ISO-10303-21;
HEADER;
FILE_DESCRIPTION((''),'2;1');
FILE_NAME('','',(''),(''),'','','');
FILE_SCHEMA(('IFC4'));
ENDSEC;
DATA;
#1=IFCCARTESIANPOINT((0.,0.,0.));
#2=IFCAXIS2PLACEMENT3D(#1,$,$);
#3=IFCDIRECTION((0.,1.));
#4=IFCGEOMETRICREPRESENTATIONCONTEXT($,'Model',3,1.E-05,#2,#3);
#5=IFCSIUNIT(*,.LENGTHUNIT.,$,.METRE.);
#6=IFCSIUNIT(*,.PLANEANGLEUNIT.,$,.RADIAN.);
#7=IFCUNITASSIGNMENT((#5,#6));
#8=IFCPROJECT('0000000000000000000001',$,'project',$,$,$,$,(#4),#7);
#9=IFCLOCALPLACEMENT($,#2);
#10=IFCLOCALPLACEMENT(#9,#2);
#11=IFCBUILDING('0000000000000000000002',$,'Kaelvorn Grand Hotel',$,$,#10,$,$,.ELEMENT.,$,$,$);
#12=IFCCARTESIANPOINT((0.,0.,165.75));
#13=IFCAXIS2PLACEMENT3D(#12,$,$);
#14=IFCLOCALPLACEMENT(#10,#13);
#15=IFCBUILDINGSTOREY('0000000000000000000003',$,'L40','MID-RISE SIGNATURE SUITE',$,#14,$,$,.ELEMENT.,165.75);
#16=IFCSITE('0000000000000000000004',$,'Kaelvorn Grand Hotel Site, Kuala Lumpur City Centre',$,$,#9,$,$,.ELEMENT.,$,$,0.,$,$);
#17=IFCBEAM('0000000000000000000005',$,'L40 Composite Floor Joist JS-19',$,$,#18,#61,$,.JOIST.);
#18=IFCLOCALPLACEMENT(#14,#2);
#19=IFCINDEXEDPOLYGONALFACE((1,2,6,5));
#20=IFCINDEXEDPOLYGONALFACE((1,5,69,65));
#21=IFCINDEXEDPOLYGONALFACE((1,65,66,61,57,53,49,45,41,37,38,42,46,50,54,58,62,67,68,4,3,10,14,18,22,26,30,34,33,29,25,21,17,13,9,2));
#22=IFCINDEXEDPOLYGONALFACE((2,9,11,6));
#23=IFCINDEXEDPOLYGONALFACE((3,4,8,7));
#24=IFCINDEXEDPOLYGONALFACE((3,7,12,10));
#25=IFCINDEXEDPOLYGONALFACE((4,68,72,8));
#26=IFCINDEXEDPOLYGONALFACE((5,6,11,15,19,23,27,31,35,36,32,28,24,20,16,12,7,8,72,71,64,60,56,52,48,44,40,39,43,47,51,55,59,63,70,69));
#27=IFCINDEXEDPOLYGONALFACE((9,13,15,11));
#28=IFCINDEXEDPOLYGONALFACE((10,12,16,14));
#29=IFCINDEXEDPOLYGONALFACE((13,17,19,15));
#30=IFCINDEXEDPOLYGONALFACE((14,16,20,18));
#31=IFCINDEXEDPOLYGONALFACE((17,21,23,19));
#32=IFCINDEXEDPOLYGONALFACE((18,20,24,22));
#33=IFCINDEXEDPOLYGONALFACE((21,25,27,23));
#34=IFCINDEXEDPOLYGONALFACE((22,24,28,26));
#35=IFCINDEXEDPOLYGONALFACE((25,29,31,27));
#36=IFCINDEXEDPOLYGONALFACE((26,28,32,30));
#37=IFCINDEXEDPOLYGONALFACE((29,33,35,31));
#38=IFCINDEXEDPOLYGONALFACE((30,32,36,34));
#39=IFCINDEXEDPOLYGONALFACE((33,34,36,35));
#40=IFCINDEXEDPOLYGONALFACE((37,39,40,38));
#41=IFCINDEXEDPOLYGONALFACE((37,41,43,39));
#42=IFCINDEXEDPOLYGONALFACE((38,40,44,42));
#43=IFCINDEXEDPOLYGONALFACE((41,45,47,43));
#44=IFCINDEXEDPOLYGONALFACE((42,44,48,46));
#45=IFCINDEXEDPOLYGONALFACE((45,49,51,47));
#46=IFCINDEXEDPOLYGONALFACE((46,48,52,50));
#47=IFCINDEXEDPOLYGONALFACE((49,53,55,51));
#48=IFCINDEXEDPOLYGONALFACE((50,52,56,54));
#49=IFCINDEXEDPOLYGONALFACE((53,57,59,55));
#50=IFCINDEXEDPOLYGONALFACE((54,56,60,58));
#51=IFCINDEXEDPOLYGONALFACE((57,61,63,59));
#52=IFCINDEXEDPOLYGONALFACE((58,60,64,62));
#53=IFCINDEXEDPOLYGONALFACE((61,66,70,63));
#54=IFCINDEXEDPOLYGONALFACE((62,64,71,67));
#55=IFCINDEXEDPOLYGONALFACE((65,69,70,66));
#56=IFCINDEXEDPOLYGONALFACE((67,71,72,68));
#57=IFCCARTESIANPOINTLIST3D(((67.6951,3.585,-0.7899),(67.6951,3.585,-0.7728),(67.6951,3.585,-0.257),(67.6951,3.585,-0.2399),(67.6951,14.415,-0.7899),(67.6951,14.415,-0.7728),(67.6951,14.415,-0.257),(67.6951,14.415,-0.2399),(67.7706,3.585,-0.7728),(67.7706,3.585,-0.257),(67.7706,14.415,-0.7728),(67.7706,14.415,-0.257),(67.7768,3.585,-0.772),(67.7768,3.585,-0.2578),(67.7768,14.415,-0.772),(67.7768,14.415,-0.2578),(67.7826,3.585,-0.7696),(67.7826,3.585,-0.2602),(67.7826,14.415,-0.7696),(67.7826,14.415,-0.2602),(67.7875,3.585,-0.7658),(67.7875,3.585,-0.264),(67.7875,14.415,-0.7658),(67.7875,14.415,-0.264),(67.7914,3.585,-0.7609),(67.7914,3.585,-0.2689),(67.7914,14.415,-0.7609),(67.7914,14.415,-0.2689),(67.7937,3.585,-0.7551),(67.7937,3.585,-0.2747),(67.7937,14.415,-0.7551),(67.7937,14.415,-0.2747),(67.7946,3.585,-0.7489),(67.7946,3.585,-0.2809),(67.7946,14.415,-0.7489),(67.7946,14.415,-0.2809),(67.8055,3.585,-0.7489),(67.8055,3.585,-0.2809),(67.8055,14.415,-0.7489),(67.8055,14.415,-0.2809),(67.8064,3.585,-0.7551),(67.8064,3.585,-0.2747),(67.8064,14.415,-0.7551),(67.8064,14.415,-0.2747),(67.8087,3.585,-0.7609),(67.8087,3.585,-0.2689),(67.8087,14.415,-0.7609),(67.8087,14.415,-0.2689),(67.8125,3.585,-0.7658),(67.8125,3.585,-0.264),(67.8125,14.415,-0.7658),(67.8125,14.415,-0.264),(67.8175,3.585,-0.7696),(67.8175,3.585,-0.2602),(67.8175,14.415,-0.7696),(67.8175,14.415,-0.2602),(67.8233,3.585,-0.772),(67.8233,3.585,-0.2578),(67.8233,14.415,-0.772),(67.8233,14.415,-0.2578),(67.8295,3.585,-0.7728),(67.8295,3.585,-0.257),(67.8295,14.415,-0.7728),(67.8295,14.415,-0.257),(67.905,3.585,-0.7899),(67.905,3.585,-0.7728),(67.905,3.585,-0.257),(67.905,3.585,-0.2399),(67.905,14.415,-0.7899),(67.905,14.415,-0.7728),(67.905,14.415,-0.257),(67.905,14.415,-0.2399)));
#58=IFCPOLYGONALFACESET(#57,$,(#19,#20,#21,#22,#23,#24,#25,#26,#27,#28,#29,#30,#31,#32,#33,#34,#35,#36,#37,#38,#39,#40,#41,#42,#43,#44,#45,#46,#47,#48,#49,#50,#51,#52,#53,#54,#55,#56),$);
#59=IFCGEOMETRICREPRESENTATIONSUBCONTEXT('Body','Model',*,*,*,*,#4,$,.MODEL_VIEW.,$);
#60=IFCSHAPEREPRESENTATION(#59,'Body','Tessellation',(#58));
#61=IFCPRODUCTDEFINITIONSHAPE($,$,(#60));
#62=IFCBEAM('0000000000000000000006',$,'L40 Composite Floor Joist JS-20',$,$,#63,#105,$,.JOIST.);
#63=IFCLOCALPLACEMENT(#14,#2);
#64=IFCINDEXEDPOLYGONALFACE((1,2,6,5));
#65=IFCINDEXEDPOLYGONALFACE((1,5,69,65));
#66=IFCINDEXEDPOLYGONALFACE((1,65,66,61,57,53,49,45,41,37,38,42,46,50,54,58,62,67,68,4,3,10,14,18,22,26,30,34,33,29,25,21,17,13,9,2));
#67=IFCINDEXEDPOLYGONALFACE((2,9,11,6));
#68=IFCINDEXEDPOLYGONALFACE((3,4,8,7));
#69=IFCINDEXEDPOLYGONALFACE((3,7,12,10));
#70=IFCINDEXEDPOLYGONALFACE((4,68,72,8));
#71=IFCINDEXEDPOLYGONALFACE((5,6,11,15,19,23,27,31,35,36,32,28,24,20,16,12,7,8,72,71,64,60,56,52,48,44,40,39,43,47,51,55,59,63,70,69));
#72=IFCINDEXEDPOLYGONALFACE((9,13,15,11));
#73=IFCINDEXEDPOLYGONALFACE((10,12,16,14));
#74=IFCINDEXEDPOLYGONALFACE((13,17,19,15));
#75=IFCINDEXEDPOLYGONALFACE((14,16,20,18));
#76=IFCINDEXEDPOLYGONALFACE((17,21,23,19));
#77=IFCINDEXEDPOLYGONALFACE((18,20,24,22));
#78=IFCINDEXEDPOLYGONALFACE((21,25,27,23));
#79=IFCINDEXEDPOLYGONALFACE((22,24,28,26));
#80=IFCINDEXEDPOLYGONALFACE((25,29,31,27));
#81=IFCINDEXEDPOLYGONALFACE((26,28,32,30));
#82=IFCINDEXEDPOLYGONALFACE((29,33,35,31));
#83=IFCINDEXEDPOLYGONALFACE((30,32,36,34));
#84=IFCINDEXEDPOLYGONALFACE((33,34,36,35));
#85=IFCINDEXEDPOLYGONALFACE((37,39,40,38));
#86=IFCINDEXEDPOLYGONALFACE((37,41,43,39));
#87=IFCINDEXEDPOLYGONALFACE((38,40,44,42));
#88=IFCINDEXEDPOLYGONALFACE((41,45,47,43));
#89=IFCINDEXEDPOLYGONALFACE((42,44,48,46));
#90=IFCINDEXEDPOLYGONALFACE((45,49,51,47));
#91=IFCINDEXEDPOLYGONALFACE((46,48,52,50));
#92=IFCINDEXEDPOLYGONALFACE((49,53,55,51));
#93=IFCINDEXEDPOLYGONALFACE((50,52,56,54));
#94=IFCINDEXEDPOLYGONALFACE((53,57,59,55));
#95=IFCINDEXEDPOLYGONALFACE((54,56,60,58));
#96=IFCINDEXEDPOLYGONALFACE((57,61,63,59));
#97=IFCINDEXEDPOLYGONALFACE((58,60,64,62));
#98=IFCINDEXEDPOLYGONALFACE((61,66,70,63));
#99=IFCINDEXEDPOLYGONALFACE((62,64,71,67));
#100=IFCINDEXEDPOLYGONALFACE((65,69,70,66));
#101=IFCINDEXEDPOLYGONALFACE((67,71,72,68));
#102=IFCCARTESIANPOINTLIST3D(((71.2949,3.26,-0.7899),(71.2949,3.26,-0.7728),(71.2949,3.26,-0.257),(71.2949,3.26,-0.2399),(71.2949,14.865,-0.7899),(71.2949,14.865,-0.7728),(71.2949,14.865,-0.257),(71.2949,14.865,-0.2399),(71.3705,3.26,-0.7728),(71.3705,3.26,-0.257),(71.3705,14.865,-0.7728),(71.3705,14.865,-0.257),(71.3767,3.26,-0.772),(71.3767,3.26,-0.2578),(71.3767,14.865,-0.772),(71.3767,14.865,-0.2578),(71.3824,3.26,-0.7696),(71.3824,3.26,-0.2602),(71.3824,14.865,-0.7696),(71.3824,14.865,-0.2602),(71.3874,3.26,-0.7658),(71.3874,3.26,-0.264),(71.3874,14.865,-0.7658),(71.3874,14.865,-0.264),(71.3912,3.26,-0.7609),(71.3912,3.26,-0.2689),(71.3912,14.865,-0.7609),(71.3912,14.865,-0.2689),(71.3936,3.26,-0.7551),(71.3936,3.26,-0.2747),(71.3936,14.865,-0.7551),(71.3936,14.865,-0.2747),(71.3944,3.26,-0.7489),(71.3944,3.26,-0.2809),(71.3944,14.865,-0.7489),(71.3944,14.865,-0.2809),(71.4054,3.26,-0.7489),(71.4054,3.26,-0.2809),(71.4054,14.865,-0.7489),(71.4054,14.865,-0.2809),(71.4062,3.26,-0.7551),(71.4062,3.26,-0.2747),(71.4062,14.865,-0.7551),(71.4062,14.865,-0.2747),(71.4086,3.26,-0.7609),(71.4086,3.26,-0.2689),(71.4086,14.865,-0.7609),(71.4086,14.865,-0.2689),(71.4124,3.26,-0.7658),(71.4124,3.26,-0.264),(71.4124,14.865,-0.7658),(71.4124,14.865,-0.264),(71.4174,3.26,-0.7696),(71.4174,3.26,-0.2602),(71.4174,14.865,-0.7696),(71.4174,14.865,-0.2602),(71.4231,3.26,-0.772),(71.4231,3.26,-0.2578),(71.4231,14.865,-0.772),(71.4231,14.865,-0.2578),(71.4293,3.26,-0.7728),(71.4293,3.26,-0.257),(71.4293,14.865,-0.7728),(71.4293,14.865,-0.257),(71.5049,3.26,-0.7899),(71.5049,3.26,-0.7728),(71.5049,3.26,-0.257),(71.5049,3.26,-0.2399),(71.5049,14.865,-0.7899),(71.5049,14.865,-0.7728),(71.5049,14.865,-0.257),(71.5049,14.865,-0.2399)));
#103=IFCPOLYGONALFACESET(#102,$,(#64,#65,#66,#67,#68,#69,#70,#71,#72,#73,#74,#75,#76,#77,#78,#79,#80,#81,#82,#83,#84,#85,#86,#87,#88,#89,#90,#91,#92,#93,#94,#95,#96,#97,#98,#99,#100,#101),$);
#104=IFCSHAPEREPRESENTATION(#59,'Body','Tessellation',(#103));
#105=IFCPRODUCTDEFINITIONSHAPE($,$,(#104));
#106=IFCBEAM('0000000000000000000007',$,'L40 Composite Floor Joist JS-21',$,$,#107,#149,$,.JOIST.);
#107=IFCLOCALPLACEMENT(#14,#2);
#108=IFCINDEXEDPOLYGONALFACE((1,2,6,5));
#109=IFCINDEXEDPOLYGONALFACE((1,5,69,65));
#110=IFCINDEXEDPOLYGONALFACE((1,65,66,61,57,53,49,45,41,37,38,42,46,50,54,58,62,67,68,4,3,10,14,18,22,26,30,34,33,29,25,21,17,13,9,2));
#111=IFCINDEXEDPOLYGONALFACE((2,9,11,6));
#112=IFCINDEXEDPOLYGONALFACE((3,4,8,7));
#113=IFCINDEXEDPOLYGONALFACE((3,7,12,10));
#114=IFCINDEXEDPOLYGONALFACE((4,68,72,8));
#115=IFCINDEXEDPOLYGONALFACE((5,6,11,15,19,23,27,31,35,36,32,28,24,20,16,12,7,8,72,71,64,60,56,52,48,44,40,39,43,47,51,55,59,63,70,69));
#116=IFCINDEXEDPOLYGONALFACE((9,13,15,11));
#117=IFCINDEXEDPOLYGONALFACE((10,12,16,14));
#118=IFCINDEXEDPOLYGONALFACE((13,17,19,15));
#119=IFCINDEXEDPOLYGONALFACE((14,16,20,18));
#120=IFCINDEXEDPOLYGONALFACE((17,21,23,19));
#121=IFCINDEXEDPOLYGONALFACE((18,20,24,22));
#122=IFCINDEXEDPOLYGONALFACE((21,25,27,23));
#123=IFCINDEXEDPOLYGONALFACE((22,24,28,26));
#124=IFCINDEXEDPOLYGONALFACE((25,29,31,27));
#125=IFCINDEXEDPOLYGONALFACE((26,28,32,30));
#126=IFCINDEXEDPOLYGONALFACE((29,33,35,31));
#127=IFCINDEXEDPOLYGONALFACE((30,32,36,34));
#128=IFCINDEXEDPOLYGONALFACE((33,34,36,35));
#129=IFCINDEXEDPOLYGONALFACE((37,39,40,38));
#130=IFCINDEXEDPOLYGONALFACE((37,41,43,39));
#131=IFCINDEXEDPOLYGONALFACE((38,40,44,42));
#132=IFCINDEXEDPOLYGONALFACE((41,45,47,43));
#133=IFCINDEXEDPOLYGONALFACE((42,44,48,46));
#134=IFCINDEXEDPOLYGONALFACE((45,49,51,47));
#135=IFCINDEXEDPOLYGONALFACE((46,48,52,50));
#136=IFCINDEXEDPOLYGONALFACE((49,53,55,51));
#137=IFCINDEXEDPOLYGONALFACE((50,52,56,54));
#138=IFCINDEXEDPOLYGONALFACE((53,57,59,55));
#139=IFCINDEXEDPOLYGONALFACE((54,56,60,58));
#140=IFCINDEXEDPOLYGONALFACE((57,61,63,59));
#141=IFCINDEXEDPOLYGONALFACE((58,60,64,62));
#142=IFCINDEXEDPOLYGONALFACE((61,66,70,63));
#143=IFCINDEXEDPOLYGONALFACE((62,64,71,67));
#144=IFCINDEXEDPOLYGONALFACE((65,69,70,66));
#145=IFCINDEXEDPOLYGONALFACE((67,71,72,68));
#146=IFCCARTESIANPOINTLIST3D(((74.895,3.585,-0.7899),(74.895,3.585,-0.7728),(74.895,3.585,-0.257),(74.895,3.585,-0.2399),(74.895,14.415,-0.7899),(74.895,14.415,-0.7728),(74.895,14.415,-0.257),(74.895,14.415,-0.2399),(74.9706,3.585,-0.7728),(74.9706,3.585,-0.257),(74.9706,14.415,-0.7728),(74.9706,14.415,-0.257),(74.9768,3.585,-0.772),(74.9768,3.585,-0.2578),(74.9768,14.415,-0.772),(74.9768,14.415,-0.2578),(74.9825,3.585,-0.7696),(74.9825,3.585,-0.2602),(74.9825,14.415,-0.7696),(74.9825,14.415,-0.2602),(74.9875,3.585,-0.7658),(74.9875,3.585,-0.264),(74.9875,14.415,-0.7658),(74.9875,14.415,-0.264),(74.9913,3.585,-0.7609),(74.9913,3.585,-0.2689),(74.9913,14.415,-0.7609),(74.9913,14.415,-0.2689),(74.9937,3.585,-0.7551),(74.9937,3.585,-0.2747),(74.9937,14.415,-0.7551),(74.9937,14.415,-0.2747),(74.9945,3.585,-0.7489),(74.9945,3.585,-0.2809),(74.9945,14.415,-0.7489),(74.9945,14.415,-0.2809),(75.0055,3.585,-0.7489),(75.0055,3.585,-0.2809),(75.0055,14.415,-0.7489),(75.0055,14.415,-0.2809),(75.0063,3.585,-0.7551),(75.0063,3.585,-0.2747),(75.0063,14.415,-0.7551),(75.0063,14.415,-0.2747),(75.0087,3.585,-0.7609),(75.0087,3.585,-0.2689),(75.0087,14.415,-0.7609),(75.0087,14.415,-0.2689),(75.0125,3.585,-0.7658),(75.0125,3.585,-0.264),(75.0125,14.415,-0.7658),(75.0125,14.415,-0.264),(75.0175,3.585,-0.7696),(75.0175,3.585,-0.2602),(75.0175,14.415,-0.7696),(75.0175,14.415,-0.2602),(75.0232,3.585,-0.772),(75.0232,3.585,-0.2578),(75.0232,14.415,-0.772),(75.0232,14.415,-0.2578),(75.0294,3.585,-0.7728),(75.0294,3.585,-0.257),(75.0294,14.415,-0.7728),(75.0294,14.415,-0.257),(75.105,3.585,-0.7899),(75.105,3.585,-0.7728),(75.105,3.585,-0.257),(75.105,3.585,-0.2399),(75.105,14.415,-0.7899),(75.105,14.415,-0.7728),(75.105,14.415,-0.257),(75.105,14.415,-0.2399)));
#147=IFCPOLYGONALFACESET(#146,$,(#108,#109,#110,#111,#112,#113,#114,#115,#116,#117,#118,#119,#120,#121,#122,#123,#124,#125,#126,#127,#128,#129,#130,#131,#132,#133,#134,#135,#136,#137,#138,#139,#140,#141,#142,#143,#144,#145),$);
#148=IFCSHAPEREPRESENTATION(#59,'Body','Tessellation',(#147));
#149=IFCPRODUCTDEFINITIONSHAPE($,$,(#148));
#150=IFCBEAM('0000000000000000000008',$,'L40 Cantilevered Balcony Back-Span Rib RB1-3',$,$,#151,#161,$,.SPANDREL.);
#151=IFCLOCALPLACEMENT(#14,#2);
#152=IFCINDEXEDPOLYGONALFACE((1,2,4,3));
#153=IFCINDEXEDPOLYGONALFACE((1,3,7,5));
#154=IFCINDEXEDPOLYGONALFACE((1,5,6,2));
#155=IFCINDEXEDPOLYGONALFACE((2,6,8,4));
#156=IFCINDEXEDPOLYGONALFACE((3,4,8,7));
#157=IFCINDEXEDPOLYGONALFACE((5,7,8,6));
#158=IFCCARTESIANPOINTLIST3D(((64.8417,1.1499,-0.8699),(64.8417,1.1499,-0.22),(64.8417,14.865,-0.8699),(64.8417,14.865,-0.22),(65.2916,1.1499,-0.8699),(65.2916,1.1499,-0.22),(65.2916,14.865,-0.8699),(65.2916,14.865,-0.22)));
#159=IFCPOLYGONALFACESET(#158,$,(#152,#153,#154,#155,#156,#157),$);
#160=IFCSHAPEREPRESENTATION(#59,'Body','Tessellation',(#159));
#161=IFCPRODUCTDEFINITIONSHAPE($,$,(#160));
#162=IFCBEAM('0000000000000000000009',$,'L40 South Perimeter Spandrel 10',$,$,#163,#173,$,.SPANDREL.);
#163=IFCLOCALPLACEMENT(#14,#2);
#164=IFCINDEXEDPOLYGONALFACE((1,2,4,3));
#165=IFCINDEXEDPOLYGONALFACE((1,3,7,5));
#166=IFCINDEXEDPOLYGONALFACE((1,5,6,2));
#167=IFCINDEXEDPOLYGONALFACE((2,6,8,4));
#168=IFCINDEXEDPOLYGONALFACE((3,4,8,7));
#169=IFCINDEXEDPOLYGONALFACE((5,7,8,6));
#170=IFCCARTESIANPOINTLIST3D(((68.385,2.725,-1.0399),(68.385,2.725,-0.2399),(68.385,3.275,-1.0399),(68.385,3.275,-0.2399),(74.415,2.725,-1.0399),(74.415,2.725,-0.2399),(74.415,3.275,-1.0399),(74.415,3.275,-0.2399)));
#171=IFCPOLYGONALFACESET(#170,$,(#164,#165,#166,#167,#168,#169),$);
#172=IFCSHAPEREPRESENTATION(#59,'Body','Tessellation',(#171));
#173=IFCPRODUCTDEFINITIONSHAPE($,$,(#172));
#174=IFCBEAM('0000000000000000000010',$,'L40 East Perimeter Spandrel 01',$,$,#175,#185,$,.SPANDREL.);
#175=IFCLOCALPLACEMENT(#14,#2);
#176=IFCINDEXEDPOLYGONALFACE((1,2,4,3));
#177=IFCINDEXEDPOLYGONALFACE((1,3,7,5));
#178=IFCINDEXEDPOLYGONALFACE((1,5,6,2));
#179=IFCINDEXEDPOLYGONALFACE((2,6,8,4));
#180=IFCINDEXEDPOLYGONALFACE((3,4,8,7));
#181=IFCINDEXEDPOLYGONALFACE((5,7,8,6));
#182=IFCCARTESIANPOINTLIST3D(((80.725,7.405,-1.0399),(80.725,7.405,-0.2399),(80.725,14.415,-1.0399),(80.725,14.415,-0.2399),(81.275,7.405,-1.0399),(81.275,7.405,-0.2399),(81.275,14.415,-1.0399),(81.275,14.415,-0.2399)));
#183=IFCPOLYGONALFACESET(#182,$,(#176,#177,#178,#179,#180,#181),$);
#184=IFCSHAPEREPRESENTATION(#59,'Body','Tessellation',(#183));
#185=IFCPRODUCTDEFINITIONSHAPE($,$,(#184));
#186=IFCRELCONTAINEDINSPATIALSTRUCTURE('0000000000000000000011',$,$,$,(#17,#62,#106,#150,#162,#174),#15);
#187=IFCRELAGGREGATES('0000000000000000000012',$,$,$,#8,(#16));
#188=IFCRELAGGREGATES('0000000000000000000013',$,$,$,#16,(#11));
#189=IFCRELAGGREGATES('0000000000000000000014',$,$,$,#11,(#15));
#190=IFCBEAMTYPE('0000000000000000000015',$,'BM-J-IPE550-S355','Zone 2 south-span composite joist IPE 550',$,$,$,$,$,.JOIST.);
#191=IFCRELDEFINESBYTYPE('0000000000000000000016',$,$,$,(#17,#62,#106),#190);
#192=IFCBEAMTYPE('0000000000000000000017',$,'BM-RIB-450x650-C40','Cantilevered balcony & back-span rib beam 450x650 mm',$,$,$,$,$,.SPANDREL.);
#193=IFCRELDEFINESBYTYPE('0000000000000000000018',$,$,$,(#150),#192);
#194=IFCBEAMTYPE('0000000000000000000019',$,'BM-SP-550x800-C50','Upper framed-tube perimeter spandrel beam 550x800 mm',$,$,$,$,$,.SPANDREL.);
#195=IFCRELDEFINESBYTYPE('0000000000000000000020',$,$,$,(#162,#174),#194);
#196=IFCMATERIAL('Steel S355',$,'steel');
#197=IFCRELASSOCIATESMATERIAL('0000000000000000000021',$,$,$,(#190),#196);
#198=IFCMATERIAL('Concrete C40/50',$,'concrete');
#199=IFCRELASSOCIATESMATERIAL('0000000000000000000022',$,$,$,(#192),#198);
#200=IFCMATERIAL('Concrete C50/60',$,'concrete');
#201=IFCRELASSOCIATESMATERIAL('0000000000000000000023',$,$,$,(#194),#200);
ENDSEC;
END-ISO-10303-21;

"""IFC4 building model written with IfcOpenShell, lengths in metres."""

from ifc_helpers import new_model, si_unit, direction, frame, origin, origin_2d, place, context, subcontext, project, spatial, rectangle, i_section, extrude, material, material_profile, profile_set, type_object, element, save


model = new_model("IFC4")

# Units and contexts
model_context = context("Model", 3, precision=1e-05, world=origin(), true_north=direction((0.0, 1.0)))
body_context = subcontext(model_context, "Body", "Model", "MODEL_VIEW")
ifc_project = project(units=[si_unit("LENGTHUNIT", "METRE"), si_unit("PLANEANGLEUNIT", "RADIAN")], contexts=[model_context])

# Site, building, storey
site_placement = place(None, origin())
site = spatial("IfcSite", under=ifc_project, at=site_placement, Name="Kaelvorn Grand Hotel Site, Kuala Lumpur City Centre", CompositionType="ELEMENT", RefElevation=0.0)
building_placement = place(site_placement, origin())
building = spatial("IfcBuilding", under=site, at=building_placement, Name="Kaelvorn Grand Hotel", CompositionType="ELEMENT")
storey_placement = place(building_placement, frame((0.0, 0.0, 165.75)))
storey = spatial("IfcBuildingStorey", under=building, at=storey_placement, Name="L40", Description="MID-RISE SIGNATURE SUITE", CompositionType="ELEMENT", Elevation=165.75)

# Beams
ifc_material_1 = material(Name="Steel S355", Category="steel")
ifc_material_profile_1 = material_profile(ifc_material_1, i_section(OverallWidth=0.21, OverallDepth=0.55, WebThickness=0.011, FlangeThickness=0.0171, FilletRadius=0.0239, at=origin_2d()), Name="IPE 550")
ifc_profile_set_1 = profile_set([ifc_material_profile_1], Name="Steel S355")
beam_type_1 = type_object("IfcBeamType", Name="BM-J-IPE550-S355", Description="Zone 2 south-span composite joist IPE 550", PredefinedType="JOIST", material=ifc_profile_set_1)
beam_1_placement = place(storey_placement, frame((67.8, 3.585, -0.5149), z_axis=(0.0, 1.0, 0.0), x_axis=(-1.0, 0.0, 0.0)))
element("IfcBeam", 1, at=beam_1_placement, inside=storey, type_object=beam_type_1, Name="L40 Composite Floor Joist JS-19", PredefinedType="JOIST", context=body_context, shape_type="SweptSolid", body=[
    extrude(i_section(OverallWidth=0.21, OverallDepth=0.55, WebThickness=0.011, FlangeThickness=0.0171, FilletRadius=0.0239, at=origin_2d()), origin(), (0.0, 0.0, 1.0), 10.8301),
])
beam_2_placement = place(storey_placement, frame((71.3999, 3.26, -0.5149), z_axis=(0.0, 1.0, 0.0), x_axis=(-1.0, 0.0, 0.0)))
element("IfcBeam", 2, at=beam_2_placement, inside=storey, type_object=beam_type_1, Name="L40 Composite Floor Joist JS-20", PredefinedType="JOIST", context=body_context, shape_type="SweptSolid", body=[
    extrude(i_section(OverallWidth=0.21, OverallDepth=0.55, WebThickness=0.011, FlangeThickness=0.0171, FilletRadius=0.0239, at=origin_2d()), origin(), (0.0, 0.0, 1.0), 11.605),
])
beam_3_placement = place(storey_placement, frame((75.0, 3.585, -0.5149), z_axis=(0.0, 1.0, 0.0), x_axis=(-1.0, 0.0, 0.0)))
element("IfcBeam", 3, at=beam_3_placement, inside=storey, type_object=beam_type_1, Name="L40 Composite Floor Joist JS-21", PredefinedType="JOIST", context=body_context, shape_type="SweptSolid", body=[
    extrude(i_section(OverallWidth=0.21, OverallDepth=0.55, WebThickness=0.011, FlangeThickness=0.0171, FilletRadius=0.0239, at=origin_2d()), origin(), (0.0, 0.0, 1.0), 10.8301),
])
ifc_material_2 = material(Name="Concrete C40/50", Category="concrete")
ifc_material_profile_2 = material_profile(ifc_material_2, rectangle(XDim=0.45, YDim=0.6499, at=origin_2d()), Name="RC RIB 450x650")
ifc_profile_set_2 = profile_set([ifc_material_profile_2], Name="Concrete C40/50")
beam_type_2 = type_object("IfcBeamType", Name="BM-RIB-450x650-C40", Description="Cantilevered balcony & back-span rib beam 450x650 mm", PredefinedType="SPANDREL", material=ifc_profile_set_2)
beam_4_placement = place(storey_placement, frame((65.0667, 1.1499, -0.5449), z_axis=(0.0, 1.0, 0.0), x_axis=(-1.0, 0.0, 0.0)))
element("IfcBeam", 4, at=beam_4_placement, inside=storey, type_object=beam_type_2, Name="L40 Cantilevered Balcony Back-Span Rib RB1-3", PredefinedType="SPANDREL", context=body_context, shape_type="SweptSolid", body=[
    extrude(rectangle(XDim=0.45, YDim=0.6499, at=origin_2d()), origin(), (0.0, 0.0, 1.0), 13.7151),
])
ifc_material_3 = material(Name="Concrete C50/60", Category="concrete")
ifc_material_profile_3 = material_profile(ifc_material_3, rectangle(XDim=0.55, YDim=0.8, at=origin_2d()), Name="RC SPANDREL 550x800")
ifc_profile_set_3 = profile_set([ifc_material_profile_3], Name="Concrete C50/60")
beam_type_3 = type_object("IfcBeamType", Name="BM-SP-550x800-C50", Description="Upper framed-tube perimeter spandrel beam 550x800 mm", PredefinedType="SPANDREL", material=ifc_profile_set_3)
beam_5_placement = place(storey_placement, frame((68.385, 3.0, -0.6399), z_axis=(1.0, 0.0, 0.0), x_axis=(0.0, 1.0, 0.0)))
element("IfcBeam", 5, at=beam_5_placement, inside=storey, type_object=beam_type_3, Name="L40 South Perimeter Spandrel 10", PredefinedType="SPANDREL", context=body_context, shape_type="SweptSolid", body=[
    extrude(rectangle(XDim=0.55, YDim=0.8, at=origin_2d()), origin(), (0.0, 0.0, 1.0), 6.03),
])
beam_6_placement = place(storey_placement, frame((81.0, 7.405, -0.6399), z_axis=(0.0, 1.0, 0.0), x_axis=(-1.0, 0.0, 0.0)))
element("IfcBeam", 6, at=beam_6_placement, inside=storey, type_object=beam_type_3, Name="L40 East Perimeter Spandrel 01", PredefinedType="SPANDREL", context=body_context, shape_type="SweptSolid", body=[
    extrude(rectangle(XDim=0.55, YDim=0.8, at=origin_2d()), origin(), (0.0, 0.0, 1.0), 7.01),
])

save(model, "model.ifc")
